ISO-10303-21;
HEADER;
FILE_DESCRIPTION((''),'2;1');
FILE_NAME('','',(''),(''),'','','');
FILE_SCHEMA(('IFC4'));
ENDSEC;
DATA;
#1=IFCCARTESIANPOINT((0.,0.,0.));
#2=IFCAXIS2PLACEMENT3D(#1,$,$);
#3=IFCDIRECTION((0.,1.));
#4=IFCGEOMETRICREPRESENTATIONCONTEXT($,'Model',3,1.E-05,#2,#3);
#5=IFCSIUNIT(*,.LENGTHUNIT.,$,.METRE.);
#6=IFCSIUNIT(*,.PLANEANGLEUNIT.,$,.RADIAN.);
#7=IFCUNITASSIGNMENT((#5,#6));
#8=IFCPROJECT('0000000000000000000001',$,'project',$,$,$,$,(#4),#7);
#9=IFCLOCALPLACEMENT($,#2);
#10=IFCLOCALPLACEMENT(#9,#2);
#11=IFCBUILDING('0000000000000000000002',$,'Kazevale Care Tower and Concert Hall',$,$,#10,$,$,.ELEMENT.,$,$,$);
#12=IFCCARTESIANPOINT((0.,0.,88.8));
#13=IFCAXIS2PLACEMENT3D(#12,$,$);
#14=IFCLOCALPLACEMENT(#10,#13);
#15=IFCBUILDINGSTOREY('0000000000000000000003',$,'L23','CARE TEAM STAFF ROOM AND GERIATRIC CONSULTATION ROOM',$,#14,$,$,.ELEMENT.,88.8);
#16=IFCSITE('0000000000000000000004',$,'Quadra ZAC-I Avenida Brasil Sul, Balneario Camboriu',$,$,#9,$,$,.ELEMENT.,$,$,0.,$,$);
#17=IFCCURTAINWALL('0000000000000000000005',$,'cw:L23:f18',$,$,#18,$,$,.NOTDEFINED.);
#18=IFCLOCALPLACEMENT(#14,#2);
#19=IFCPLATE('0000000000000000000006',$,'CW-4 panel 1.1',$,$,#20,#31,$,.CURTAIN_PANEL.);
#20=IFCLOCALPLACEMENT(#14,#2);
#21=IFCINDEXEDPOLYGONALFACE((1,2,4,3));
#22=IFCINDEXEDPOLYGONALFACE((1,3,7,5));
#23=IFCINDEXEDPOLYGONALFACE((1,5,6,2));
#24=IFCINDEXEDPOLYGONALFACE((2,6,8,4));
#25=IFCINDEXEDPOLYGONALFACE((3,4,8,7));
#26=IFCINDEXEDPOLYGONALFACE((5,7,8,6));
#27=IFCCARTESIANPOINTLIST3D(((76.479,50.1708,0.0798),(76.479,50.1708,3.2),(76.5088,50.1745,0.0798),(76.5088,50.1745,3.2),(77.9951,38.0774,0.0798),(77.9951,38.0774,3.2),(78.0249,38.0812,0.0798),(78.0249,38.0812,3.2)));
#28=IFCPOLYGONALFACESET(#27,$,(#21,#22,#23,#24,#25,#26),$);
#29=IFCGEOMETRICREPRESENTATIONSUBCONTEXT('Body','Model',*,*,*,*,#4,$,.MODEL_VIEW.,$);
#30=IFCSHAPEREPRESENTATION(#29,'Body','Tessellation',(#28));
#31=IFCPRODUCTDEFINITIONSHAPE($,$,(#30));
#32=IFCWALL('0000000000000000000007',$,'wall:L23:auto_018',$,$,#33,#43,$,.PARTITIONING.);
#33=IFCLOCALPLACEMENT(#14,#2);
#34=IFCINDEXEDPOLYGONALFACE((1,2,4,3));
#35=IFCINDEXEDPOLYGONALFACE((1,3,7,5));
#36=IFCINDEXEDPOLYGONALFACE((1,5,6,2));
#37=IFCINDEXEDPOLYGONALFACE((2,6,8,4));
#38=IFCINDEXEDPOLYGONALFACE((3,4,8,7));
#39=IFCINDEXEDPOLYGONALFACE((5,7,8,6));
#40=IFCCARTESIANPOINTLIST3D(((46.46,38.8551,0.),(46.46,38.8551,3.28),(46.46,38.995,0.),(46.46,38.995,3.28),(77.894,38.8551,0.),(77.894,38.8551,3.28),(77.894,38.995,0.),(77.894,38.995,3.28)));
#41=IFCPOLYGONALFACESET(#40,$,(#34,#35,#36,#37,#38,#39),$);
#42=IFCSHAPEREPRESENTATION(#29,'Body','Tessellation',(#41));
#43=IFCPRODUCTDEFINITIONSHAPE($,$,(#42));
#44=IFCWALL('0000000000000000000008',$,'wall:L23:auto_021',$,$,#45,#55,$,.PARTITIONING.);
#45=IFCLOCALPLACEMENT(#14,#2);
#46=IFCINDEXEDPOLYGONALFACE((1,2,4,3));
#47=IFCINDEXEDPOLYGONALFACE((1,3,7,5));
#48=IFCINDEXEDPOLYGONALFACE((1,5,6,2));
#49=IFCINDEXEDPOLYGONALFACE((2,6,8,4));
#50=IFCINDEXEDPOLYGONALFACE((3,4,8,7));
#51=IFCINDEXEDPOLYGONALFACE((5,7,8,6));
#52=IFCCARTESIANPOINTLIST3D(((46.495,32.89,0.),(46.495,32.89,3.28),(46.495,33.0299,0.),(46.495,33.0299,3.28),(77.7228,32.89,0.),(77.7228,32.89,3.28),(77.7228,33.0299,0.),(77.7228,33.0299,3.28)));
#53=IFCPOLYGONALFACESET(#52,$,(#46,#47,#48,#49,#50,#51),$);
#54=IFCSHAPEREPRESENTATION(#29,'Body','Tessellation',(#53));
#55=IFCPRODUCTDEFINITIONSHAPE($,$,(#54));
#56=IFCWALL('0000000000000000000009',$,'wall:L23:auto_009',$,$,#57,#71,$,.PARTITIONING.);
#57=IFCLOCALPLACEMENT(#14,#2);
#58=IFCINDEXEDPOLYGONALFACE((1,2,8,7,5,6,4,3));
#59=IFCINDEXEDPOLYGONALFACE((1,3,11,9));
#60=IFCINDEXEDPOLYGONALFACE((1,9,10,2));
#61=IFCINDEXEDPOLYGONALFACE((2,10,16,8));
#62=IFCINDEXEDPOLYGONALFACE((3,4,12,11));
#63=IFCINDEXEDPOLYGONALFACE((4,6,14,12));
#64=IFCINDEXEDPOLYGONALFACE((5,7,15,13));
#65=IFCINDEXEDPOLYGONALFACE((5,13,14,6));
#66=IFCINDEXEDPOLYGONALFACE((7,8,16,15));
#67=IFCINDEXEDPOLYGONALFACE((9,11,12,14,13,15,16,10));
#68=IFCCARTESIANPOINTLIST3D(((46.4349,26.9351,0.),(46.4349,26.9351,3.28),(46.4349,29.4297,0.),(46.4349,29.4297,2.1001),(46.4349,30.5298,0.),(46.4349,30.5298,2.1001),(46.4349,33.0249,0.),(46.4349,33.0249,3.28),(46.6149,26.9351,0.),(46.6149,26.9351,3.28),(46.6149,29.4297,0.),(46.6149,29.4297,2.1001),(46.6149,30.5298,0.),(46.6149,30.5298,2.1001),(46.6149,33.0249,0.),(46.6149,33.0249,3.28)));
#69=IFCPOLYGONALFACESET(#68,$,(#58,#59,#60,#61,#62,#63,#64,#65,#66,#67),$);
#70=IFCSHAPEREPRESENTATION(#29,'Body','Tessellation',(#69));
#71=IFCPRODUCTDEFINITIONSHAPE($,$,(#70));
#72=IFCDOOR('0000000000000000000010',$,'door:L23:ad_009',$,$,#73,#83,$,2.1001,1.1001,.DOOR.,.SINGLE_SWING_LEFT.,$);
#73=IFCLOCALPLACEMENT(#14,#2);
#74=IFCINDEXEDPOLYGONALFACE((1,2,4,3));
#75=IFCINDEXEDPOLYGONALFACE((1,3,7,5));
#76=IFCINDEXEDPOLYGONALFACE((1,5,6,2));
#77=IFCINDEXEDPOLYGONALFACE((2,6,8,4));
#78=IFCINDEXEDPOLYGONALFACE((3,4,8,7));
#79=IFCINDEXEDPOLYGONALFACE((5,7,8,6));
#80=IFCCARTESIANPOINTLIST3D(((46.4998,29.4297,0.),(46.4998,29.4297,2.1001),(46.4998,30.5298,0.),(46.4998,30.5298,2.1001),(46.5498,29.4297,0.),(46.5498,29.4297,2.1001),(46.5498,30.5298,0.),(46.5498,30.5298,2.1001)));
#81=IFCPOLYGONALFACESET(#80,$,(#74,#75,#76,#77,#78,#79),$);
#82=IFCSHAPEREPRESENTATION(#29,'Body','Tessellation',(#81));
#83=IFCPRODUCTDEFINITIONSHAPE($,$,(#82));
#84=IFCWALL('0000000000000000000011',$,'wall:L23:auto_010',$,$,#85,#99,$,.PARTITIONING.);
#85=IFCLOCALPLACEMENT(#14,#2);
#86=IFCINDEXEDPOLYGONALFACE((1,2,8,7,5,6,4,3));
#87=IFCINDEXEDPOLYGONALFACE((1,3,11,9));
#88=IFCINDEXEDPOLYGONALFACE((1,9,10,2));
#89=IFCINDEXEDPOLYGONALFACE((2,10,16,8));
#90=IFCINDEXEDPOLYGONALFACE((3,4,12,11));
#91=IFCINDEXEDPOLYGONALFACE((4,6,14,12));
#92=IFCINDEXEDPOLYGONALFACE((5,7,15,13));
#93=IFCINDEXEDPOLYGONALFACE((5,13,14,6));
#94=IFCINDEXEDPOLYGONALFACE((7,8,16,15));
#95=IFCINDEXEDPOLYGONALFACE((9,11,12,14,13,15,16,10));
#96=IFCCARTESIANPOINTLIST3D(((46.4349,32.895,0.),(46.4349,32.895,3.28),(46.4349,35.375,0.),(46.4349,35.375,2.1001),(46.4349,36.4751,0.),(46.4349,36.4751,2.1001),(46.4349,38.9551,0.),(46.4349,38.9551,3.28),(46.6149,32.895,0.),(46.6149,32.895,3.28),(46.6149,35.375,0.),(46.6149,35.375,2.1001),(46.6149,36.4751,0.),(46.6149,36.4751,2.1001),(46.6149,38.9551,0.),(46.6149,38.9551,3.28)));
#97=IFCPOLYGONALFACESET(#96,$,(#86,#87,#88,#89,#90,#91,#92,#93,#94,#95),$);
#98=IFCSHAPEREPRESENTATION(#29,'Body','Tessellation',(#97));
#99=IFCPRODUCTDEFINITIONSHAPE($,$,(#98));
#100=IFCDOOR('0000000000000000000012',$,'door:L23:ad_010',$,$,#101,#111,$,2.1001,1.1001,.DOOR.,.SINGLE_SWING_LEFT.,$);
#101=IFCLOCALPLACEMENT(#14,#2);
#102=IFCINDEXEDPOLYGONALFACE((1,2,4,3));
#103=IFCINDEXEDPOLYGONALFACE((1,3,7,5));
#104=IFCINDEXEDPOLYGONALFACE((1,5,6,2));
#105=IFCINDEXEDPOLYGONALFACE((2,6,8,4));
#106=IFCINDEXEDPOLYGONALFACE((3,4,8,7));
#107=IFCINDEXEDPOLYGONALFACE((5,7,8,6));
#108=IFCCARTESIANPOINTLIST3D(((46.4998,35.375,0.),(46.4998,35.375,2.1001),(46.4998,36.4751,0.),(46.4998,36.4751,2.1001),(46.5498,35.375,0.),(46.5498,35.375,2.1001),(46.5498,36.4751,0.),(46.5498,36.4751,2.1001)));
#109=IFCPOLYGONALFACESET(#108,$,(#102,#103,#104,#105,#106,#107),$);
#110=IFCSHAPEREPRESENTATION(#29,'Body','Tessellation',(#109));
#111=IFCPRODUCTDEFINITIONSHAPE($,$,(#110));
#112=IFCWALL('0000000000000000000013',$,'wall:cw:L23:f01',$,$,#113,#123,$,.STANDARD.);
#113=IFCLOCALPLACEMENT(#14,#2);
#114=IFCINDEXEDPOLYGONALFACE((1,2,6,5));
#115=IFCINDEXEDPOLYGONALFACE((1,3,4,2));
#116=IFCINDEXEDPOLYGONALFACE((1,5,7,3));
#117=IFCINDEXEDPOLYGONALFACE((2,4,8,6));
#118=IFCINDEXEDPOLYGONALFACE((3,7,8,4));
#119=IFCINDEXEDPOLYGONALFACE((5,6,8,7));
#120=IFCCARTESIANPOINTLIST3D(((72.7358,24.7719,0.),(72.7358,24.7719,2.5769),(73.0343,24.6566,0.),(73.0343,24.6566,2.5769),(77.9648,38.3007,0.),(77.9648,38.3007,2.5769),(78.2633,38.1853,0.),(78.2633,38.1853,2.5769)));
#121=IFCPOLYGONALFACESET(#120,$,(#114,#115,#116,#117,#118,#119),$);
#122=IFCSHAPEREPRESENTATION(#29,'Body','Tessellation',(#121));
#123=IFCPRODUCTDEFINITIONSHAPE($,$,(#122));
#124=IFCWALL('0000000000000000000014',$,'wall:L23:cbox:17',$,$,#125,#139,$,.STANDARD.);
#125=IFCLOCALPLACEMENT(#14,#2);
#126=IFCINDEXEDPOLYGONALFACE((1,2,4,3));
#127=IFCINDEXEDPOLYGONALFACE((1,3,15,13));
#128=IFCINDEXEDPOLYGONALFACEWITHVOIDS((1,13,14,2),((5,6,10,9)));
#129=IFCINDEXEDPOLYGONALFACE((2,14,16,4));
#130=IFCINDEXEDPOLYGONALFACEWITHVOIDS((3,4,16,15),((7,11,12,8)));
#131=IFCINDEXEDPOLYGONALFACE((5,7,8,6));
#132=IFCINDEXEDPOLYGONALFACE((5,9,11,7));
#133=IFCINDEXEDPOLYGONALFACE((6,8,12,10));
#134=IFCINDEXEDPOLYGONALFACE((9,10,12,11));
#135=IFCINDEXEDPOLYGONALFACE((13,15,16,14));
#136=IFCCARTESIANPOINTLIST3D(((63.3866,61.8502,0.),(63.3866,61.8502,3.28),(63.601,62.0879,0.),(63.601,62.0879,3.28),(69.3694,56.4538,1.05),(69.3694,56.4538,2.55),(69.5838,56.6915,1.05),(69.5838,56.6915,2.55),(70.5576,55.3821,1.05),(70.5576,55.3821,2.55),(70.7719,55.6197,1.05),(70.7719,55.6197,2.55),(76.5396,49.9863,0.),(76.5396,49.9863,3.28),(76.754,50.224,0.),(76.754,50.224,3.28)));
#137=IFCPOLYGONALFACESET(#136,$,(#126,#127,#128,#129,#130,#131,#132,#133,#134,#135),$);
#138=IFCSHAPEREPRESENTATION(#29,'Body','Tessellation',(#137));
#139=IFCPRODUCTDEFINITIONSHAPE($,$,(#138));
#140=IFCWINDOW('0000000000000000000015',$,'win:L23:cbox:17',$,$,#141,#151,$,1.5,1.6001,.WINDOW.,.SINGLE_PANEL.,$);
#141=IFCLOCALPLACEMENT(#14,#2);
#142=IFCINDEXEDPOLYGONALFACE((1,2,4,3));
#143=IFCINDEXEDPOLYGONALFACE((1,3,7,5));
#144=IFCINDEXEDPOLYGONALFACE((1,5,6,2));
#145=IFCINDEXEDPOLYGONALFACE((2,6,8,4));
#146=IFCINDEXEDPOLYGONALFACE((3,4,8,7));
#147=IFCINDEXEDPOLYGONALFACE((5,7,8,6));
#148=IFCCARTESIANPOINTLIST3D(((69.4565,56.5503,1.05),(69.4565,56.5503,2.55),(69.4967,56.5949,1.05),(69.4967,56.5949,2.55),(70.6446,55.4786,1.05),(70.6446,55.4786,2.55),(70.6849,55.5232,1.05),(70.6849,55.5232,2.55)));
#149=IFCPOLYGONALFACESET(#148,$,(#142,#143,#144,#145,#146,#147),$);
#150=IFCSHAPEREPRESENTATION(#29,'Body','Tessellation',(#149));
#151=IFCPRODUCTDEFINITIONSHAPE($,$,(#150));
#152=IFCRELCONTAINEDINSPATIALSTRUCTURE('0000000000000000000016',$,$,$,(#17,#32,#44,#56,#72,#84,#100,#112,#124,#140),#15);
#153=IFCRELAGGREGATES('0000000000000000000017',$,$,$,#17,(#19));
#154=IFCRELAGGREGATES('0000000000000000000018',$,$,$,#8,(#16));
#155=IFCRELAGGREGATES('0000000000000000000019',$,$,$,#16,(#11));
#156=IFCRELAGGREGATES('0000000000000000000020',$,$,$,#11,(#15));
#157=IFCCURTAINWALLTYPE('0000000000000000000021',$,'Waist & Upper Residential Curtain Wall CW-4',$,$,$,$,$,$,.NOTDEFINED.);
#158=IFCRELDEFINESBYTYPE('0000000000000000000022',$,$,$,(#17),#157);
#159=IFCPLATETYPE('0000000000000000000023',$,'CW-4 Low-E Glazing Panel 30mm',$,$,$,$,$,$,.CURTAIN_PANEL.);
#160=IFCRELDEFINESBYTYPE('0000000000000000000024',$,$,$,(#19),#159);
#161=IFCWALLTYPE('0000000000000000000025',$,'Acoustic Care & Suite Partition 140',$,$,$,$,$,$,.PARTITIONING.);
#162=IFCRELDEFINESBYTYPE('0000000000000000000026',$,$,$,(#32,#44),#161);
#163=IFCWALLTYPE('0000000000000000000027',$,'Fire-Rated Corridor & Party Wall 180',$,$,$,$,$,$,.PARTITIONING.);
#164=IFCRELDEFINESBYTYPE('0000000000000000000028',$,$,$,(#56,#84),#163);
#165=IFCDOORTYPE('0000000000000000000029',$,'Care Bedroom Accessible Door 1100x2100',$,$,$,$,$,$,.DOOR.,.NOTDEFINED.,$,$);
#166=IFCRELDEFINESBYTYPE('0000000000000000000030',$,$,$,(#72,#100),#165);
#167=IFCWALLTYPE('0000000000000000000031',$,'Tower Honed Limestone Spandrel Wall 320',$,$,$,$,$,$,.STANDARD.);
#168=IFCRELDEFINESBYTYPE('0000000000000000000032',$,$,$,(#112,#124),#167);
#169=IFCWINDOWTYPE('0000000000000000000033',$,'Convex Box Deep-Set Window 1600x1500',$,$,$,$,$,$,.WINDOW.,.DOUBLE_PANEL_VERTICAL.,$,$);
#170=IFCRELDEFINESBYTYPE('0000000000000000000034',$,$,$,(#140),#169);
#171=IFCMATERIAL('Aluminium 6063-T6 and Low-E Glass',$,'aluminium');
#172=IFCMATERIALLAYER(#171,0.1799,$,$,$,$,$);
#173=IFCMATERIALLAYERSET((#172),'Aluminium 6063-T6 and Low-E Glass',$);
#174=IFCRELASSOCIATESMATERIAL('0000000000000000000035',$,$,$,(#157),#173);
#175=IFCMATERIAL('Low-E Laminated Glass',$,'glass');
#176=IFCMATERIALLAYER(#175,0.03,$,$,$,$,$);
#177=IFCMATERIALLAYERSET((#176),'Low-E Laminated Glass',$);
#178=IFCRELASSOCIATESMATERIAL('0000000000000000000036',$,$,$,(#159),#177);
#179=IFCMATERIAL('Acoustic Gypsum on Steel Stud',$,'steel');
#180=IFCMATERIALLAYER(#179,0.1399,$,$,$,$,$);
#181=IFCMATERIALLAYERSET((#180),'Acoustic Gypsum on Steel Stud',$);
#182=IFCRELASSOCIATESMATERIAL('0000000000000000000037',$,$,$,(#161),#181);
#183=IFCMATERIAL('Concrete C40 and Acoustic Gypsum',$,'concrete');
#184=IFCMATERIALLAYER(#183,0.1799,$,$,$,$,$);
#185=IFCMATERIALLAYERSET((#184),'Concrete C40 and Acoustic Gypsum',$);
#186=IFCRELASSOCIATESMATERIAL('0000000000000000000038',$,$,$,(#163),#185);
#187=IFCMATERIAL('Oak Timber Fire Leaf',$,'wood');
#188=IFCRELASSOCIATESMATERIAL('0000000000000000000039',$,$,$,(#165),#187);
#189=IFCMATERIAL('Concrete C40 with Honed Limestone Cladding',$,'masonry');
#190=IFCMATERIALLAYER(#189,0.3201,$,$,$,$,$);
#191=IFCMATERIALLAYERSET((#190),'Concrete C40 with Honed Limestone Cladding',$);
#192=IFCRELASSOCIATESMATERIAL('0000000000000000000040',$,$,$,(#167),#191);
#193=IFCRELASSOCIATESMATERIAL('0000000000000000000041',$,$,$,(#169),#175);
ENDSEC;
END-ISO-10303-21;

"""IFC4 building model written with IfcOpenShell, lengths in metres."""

from ifc_helpers import new_model, si_unit, direction, frame, frame_2d, origin, origin_2d, place, context, subcontext, project, spatial, rectangle, extrude, material, layer, layer_set, type_object, element, fill, aggregate, save


model = new_model("IFC4")

# Units and contexts
model_context = context("Model", 3, precision=1e-05, world=origin(), true_north=direction((0.0, 1.0)))
body_context = subcontext(model_context, "Body", "Model", "MODEL_VIEW")
ifc_project = project(units=[si_unit("LENGTHUNIT", "METRE"), si_unit("PLANEANGLEUNIT", "RADIAN")], contexts=[model_context])

# Site, building, storey
site_placement = place(None, origin())
site = spatial("IfcSite", under=ifc_project, at=site_placement, Name="Quadra ZAC-I Avenida Brasil Sul, Balneario Camboriu", CompositionType="ELEMENT", RefElevation=0.0)
building_placement = place(site_placement, origin())
building = spatial("IfcBuilding", under=site, at=building_placement, Name="Kazevale Care Tower and Concert Hall", CompositionType="ELEMENT")
storey_placement = place(building_placement, frame((0.0, 0.0, 88.8)))
storey = spatial("IfcBuildingStorey", under=building, at=storey_placement, Name="L23", Description="CARE TEAM STAFF ROOM AND GERIATRIC CONSULTATION ROOM", CompositionType="ELEMENT", Elevation=88.8)

# Shared definitions
ifc_material_1 = material(Name="Aluminium 6063-T6 and Low-E Glass", Category="aluminium")

# Curtain wall
ifc_layer_1 = layer(ifc_material_1, 0.1799)
ifc_layer_set_1 = layer_set([ifc_layer_1], Name="Aluminium 6063-T6 and Low-E Glass")
curtain_wall_type_1 = type_object("IfcCurtainWallType", Name="Waist & Upper Residential Curtain Wall CW-4", PredefinedType="NOTDEFINED", material=ifc_layer_set_1)
curtain_wall_1_placement = place(storey_placement, origin())
curtain_wall_1 = element("IfcCurtainWall", 1, at=curtain_wall_1_placement, inside=storey, type_object=curtain_wall_type_1, Name="cw:L23:f18", PredefinedType="NOTDEFINED")

# Plate
ifc_material_2 = material(Name="Low-E Laminated Glass", Category="glass")
ifc_layer_2 = layer(ifc_material_2, 0.03)
ifc_layer_set_2 = layer_set([ifc_layer_2], Name="Low-E Laminated Glass")
plate_type_1 = type_object("IfcPlateType", Name="CW-4 Low-E Glazing Panel 30mm", PredefinedType="CURTAIN_PANEL", material=ifc_layer_set_2)
plate_1_placement = place(storey_placement, frame((77.252, 44.126, 0.0798), z_axis=(0.0, 0.0, 1.0), x_axis=(0.124394, -0.992233, 0.0)))
plate_1 = element("IfcPlate", 2, at=plate_1_placement, type_object=plate_type_1, Name="CW-4 panel 1.1", PredefinedType="CURTAIN_PANEL", context=body_context, shape_type="SweptSolid", body=[
    extrude(rectangle(XDim=12.188, YDim=0.03, at=origin_2d()), origin(), (0.0, 0.0, 1.0), 3.1201),
])
aggregate(curtain_wall_1, [plate_1])

# Walls
ifc_material_3 = material(Name="Acoustic Gypsum on Steel Stud", Category="steel")
ifc_layer_3 = layer(ifc_material_3, 0.1399)
ifc_layer_set_3 = layer_set([ifc_layer_3], Name="Acoustic Gypsum on Steel Stud")
wall_type_1 = type_object("IfcWallType", Name="Acoustic Care & Suite Partition 140", PredefinedType="PARTITIONING", material=ifc_layer_set_3)
wall_1_placement = place(storey_placement, frame((77.894, 38.925, 0.0), z_axis=(0.0, 0.0, 1.0), x_axis=(-1.0, 0.0, 0.0)))
element("IfcWall", 3, at=wall_1_placement, inside=storey, type_object=wall_type_1, Name="wall:L23:auto_018", PredefinedType="PARTITIONING", context=body_context, shape_type="SweptSolid", body=[
    extrude(rectangle(XDim=31.4341, YDim=0.1399, at=frame_2d((15.717, 0.0))), origin(), (0.0, 0.0, 1.0), 3.28),
])
wall_2_placement = place(storey_placement, frame((46.4951, 32.96, 0.0), z_axis=(0.0, 0.0, 1.0), x_axis=(1.0, 0.0, 0.0)))
element("IfcWall", 4, at=wall_2_placement, inside=storey, type_object=wall_type_1, Name="wall:L23:auto_021", PredefinedType="PARTITIONING", context=body_context, shape_type="SweptSolid", body=[
    extrude(rectangle(XDim=31.2278, YDim=0.1399, at=frame_2d((15.6138, 0.0))), origin(), (0.0, 0.0, 1.0), 3.28),
])

# Walls, openings, doors
ifc_material_4 = material(Name="Concrete C40 and Acoustic Gypsum", Category="concrete")
ifc_layer_4 = layer(ifc_material_4, 0.1799)
ifc_layer_set_4 = layer_set([ifc_layer_4], Name="Concrete C40 and Acoustic Gypsum")
wall_type_2 = type_object("IfcWallType", Name="Fire-Rated Corridor & Party Wall 180", PredefinedType="PARTITIONING", material=ifc_layer_set_4)
wall_3_placement = place(storey_placement, frame((46.5249, 33.0249, 0.0), z_axis=(0.0, 0.0, 1.0), x_axis=(0.0, -1.0, 0.0)))
wall_3 = element("IfcWall", 5, at=wall_3_placement, inside=storey, type_object=wall_type_2, Name="wall:L23:auto_009", PredefinedType="PARTITIONING", context=body_context, shape_type="SweptSolid", body=[
    extrude(rectangle(XDim=6.0898, YDim=0.1799, at=frame_2d((3.0449, 0.0))), origin(), (0.0, 0.0, 1.0), 3.28),
])
opening_1_placement = place(wall_3_placement, frame((2.4951, 0.0, 0.0)))
opening_1 = element("IfcOpeningElement", 6, at=opening_1_placement, cuts=wall_3, PredefinedType="OPENING", context=body_context, shape_type="SweptSolid", body=[
    extrude(rectangle(XDim=1.1001, YDim=2.1001, at=frame_2d((0.55, 1.05))), frame((0.0, 0.0999, 0.0), z_axis=(0.0, -1.0, 0.0), x_axis=(1.0, 0.0, 0.0)), (0.0, 0.0, 1.0), 0.2),
])
ifc_material_5 = material(Name="Oak Timber Fire Leaf", Category="wood")
door_type = type_object("IfcDoorType", Name="Care Bedroom Accessible Door 1100x2100", OperationType="NOTDEFINED", PredefinedType="DOOR", material=ifc_material_5)
door_1_placement = place(opening_1_placement, origin())
door_1 = element("IfcDoor", 7, at=door_1_placement, inside=storey, type_object=door_type, Name="door:L23:ad_009", OperationType="SINGLE_SWING_LEFT", OverallHeight=2.1001, OverallWidth=1.1001, PredefinedType="DOOR", context=body_context, shape_type="SweptSolid", body=[
    extrude(rectangle(XDim=1.1001, YDim=2.1001, at=frame_2d((0.55, 1.05))), frame((0.0, 0.0249, 0.0), z_axis=(0.0, -1.0, 0.0), x_axis=(1.0, 0.0, 0.0)), (0.0, 0.0, 1.0), 0.05),
])
fill(opening_1, door_1)
wall_4_placement = place(storey_placement, frame((46.5249, 38.9551, 0.0), z_axis=(0.0, 0.0, 1.0), x_axis=(0.0, -1.0, 0.0)))
wall_4 = element("IfcWall", 8, at=wall_4_placement, inside=storey, type_object=wall_type_2, Name="wall:L23:auto_010", PredefinedType="PARTITIONING", context=body_context, shape_type="SweptSolid", body=[
    extrude(rectangle(XDim=6.0601, YDim=0.1799, at=frame_2d((3.03, 0.0))), origin(), (0.0, 0.0, 1.0), 3.28),
])
opening_2_placement = place(wall_4_placement, frame((2.48, 0.0, 0.0)))
opening_2 = element("IfcOpeningElement", 9, at=opening_2_placement, cuts=wall_4, PredefinedType="OPENING", context=body_context, shape_type="SweptSolid", body=[
    extrude(rectangle(XDim=1.1001, YDim=2.1001, at=frame_2d((0.55, 1.05))), frame((0.0, 0.0999, 0.0), z_axis=(0.0, -1.0, 0.0), x_axis=(1.0, 0.0, 0.0)), (0.0, 0.0, 1.0), 0.2),
])
door_2_placement = place(opening_2_placement, origin())
door_2 = element("IfcDoor", 10, at=door_2_placement, inside=storey, type_object=door_type, Name="door:L23:ad_010", OperationType="SINGLE_SWING_LEFT", OverallHeight=2.1001, OverallWidth=1.1001, PredefinedType="DOOR", context=body_context, shape_type="SweptSolid", body=[
    extrude(rectangle(XDim=1.1001, YDim=2.1001, at=frame_2d((0.55, 1.05))), frame((0.0, 0.0249, 0.0), z_axis=(0.0, -1.0, 0.0), x_axis=(1.0, 0.0, 0.0)), (0.0, 0.0, 1.0), 0.05),
])
fill(opening_2, door_2)

# Wall
ifc_material_6 = material(Name="Concrete C40 with Honed Limestone Cladding", Category="masonry")
ifc_layer_5 = layer(ifc_material_6, 0.3201)
ifc_layer_set_5 = layer_set([ifc_layer_5], Name="Concrete C40 with Honed Limestone Cladding")
wall_type_3 = type_object("IfcWallType", Name="Tower Honed Limestone Spandrel Wall 320", PredefinedType="STANDARD", material=ifc_layer_set_5)
wall_5_placement = place(storey_placement, frame((78.114, 38.2429, 0.0), z_axis=(0.0, 0.0, 1.0), x_axis=(-0.360517, -0.932753, 0.0)))
element("IfcWall", 11, at=wall_5_placement, inside=storey, type_object=wall_type_3, Name="wall:cw:L23:f01", PredefinedType="STANDARD", context=body_context, shape_type="SweptSolid", body=[
    extrude(rectangle(XDim=14.5042, YDim=0.3201, at=frame_2d((7.252, 0.0))), origin(), (0.0, 0.0, 1.0), 2.5769),
])

# Wall, opening, window
wall_6_placement = place(storey_placement, frame((63.4939, 61.969, 0.0), z_axis=(0.0, 0.0, 1.0), x_axis=(0.742557, -0.669783, 0.0)))
wall_6 = element("IfcWall", 12, at=wall_6_placement, inside=storey, type_object=wall_type_3, Name="wall:L23:cbox:17", PredefinedType="STANDARD", context=body_context, shape_type="SweptSolid", body=[
    extrude(rectangle(XDim=17.7131, YDim=0.3201, at=frame_2d((8.8564, 0.0))), origin(), (0.0, 0.0, 1.0), 3.28),
])
opening_3_placement = place(wall_6_placement, frame((8.0569, 0.0, 1.05)))
opening_3 = element("IfcOpeningElement", 13, at=opening_3_placement, cuts=wall_6, PredefinedType="OPENING", context=body_context, shape_type="SweptSolid", body=[
    extrude(rectangle(XDim=1.6001, YDim=1.5, at=frame_2d((0.8, 0.75))), frame((0.0, 0.1699, 0.0), z_axis=(0.0, -1.0, 0.0), x_axis=(1.0, 0.0, 0.0)), (0.0, 0.0, 1.0), 0.3401),
])
window_type = type_object("IfcWindowType", Name="Convex Box Deep-Set Window 1600x1500", PartitioningType="DOUBLE_PANEL_VERTICAL", PredefinedType="WINDOW", material=ifc_material_2)
window_placement = place(opening_3_placement, origin())
window = element("IfcWindow", 14, at=window_placement, inside=storey, type_object=window_type, Name="win:L23:cbox:17", OverallHeight=1.5, OverallWidth=1.6001, PartitioningType="SINGLE_PANEL", PredefinedType="WINDOW", context=body_context, shape_type="SweptSolid", body=[
    extrude(rectangle(XDim=1.6001, YDim=1.5, at=frame_2d((0.8, 0.75))), frame((0.0, 0.03, 0.0), z_axis=(0.0, -1.0, 0.0), x_axis=(1.0, 0.0, 0.0)), (0.0, 0.0, 1.0), 0.0601),
])
fill(opening_3, window)

save(model, "model.ifc")
